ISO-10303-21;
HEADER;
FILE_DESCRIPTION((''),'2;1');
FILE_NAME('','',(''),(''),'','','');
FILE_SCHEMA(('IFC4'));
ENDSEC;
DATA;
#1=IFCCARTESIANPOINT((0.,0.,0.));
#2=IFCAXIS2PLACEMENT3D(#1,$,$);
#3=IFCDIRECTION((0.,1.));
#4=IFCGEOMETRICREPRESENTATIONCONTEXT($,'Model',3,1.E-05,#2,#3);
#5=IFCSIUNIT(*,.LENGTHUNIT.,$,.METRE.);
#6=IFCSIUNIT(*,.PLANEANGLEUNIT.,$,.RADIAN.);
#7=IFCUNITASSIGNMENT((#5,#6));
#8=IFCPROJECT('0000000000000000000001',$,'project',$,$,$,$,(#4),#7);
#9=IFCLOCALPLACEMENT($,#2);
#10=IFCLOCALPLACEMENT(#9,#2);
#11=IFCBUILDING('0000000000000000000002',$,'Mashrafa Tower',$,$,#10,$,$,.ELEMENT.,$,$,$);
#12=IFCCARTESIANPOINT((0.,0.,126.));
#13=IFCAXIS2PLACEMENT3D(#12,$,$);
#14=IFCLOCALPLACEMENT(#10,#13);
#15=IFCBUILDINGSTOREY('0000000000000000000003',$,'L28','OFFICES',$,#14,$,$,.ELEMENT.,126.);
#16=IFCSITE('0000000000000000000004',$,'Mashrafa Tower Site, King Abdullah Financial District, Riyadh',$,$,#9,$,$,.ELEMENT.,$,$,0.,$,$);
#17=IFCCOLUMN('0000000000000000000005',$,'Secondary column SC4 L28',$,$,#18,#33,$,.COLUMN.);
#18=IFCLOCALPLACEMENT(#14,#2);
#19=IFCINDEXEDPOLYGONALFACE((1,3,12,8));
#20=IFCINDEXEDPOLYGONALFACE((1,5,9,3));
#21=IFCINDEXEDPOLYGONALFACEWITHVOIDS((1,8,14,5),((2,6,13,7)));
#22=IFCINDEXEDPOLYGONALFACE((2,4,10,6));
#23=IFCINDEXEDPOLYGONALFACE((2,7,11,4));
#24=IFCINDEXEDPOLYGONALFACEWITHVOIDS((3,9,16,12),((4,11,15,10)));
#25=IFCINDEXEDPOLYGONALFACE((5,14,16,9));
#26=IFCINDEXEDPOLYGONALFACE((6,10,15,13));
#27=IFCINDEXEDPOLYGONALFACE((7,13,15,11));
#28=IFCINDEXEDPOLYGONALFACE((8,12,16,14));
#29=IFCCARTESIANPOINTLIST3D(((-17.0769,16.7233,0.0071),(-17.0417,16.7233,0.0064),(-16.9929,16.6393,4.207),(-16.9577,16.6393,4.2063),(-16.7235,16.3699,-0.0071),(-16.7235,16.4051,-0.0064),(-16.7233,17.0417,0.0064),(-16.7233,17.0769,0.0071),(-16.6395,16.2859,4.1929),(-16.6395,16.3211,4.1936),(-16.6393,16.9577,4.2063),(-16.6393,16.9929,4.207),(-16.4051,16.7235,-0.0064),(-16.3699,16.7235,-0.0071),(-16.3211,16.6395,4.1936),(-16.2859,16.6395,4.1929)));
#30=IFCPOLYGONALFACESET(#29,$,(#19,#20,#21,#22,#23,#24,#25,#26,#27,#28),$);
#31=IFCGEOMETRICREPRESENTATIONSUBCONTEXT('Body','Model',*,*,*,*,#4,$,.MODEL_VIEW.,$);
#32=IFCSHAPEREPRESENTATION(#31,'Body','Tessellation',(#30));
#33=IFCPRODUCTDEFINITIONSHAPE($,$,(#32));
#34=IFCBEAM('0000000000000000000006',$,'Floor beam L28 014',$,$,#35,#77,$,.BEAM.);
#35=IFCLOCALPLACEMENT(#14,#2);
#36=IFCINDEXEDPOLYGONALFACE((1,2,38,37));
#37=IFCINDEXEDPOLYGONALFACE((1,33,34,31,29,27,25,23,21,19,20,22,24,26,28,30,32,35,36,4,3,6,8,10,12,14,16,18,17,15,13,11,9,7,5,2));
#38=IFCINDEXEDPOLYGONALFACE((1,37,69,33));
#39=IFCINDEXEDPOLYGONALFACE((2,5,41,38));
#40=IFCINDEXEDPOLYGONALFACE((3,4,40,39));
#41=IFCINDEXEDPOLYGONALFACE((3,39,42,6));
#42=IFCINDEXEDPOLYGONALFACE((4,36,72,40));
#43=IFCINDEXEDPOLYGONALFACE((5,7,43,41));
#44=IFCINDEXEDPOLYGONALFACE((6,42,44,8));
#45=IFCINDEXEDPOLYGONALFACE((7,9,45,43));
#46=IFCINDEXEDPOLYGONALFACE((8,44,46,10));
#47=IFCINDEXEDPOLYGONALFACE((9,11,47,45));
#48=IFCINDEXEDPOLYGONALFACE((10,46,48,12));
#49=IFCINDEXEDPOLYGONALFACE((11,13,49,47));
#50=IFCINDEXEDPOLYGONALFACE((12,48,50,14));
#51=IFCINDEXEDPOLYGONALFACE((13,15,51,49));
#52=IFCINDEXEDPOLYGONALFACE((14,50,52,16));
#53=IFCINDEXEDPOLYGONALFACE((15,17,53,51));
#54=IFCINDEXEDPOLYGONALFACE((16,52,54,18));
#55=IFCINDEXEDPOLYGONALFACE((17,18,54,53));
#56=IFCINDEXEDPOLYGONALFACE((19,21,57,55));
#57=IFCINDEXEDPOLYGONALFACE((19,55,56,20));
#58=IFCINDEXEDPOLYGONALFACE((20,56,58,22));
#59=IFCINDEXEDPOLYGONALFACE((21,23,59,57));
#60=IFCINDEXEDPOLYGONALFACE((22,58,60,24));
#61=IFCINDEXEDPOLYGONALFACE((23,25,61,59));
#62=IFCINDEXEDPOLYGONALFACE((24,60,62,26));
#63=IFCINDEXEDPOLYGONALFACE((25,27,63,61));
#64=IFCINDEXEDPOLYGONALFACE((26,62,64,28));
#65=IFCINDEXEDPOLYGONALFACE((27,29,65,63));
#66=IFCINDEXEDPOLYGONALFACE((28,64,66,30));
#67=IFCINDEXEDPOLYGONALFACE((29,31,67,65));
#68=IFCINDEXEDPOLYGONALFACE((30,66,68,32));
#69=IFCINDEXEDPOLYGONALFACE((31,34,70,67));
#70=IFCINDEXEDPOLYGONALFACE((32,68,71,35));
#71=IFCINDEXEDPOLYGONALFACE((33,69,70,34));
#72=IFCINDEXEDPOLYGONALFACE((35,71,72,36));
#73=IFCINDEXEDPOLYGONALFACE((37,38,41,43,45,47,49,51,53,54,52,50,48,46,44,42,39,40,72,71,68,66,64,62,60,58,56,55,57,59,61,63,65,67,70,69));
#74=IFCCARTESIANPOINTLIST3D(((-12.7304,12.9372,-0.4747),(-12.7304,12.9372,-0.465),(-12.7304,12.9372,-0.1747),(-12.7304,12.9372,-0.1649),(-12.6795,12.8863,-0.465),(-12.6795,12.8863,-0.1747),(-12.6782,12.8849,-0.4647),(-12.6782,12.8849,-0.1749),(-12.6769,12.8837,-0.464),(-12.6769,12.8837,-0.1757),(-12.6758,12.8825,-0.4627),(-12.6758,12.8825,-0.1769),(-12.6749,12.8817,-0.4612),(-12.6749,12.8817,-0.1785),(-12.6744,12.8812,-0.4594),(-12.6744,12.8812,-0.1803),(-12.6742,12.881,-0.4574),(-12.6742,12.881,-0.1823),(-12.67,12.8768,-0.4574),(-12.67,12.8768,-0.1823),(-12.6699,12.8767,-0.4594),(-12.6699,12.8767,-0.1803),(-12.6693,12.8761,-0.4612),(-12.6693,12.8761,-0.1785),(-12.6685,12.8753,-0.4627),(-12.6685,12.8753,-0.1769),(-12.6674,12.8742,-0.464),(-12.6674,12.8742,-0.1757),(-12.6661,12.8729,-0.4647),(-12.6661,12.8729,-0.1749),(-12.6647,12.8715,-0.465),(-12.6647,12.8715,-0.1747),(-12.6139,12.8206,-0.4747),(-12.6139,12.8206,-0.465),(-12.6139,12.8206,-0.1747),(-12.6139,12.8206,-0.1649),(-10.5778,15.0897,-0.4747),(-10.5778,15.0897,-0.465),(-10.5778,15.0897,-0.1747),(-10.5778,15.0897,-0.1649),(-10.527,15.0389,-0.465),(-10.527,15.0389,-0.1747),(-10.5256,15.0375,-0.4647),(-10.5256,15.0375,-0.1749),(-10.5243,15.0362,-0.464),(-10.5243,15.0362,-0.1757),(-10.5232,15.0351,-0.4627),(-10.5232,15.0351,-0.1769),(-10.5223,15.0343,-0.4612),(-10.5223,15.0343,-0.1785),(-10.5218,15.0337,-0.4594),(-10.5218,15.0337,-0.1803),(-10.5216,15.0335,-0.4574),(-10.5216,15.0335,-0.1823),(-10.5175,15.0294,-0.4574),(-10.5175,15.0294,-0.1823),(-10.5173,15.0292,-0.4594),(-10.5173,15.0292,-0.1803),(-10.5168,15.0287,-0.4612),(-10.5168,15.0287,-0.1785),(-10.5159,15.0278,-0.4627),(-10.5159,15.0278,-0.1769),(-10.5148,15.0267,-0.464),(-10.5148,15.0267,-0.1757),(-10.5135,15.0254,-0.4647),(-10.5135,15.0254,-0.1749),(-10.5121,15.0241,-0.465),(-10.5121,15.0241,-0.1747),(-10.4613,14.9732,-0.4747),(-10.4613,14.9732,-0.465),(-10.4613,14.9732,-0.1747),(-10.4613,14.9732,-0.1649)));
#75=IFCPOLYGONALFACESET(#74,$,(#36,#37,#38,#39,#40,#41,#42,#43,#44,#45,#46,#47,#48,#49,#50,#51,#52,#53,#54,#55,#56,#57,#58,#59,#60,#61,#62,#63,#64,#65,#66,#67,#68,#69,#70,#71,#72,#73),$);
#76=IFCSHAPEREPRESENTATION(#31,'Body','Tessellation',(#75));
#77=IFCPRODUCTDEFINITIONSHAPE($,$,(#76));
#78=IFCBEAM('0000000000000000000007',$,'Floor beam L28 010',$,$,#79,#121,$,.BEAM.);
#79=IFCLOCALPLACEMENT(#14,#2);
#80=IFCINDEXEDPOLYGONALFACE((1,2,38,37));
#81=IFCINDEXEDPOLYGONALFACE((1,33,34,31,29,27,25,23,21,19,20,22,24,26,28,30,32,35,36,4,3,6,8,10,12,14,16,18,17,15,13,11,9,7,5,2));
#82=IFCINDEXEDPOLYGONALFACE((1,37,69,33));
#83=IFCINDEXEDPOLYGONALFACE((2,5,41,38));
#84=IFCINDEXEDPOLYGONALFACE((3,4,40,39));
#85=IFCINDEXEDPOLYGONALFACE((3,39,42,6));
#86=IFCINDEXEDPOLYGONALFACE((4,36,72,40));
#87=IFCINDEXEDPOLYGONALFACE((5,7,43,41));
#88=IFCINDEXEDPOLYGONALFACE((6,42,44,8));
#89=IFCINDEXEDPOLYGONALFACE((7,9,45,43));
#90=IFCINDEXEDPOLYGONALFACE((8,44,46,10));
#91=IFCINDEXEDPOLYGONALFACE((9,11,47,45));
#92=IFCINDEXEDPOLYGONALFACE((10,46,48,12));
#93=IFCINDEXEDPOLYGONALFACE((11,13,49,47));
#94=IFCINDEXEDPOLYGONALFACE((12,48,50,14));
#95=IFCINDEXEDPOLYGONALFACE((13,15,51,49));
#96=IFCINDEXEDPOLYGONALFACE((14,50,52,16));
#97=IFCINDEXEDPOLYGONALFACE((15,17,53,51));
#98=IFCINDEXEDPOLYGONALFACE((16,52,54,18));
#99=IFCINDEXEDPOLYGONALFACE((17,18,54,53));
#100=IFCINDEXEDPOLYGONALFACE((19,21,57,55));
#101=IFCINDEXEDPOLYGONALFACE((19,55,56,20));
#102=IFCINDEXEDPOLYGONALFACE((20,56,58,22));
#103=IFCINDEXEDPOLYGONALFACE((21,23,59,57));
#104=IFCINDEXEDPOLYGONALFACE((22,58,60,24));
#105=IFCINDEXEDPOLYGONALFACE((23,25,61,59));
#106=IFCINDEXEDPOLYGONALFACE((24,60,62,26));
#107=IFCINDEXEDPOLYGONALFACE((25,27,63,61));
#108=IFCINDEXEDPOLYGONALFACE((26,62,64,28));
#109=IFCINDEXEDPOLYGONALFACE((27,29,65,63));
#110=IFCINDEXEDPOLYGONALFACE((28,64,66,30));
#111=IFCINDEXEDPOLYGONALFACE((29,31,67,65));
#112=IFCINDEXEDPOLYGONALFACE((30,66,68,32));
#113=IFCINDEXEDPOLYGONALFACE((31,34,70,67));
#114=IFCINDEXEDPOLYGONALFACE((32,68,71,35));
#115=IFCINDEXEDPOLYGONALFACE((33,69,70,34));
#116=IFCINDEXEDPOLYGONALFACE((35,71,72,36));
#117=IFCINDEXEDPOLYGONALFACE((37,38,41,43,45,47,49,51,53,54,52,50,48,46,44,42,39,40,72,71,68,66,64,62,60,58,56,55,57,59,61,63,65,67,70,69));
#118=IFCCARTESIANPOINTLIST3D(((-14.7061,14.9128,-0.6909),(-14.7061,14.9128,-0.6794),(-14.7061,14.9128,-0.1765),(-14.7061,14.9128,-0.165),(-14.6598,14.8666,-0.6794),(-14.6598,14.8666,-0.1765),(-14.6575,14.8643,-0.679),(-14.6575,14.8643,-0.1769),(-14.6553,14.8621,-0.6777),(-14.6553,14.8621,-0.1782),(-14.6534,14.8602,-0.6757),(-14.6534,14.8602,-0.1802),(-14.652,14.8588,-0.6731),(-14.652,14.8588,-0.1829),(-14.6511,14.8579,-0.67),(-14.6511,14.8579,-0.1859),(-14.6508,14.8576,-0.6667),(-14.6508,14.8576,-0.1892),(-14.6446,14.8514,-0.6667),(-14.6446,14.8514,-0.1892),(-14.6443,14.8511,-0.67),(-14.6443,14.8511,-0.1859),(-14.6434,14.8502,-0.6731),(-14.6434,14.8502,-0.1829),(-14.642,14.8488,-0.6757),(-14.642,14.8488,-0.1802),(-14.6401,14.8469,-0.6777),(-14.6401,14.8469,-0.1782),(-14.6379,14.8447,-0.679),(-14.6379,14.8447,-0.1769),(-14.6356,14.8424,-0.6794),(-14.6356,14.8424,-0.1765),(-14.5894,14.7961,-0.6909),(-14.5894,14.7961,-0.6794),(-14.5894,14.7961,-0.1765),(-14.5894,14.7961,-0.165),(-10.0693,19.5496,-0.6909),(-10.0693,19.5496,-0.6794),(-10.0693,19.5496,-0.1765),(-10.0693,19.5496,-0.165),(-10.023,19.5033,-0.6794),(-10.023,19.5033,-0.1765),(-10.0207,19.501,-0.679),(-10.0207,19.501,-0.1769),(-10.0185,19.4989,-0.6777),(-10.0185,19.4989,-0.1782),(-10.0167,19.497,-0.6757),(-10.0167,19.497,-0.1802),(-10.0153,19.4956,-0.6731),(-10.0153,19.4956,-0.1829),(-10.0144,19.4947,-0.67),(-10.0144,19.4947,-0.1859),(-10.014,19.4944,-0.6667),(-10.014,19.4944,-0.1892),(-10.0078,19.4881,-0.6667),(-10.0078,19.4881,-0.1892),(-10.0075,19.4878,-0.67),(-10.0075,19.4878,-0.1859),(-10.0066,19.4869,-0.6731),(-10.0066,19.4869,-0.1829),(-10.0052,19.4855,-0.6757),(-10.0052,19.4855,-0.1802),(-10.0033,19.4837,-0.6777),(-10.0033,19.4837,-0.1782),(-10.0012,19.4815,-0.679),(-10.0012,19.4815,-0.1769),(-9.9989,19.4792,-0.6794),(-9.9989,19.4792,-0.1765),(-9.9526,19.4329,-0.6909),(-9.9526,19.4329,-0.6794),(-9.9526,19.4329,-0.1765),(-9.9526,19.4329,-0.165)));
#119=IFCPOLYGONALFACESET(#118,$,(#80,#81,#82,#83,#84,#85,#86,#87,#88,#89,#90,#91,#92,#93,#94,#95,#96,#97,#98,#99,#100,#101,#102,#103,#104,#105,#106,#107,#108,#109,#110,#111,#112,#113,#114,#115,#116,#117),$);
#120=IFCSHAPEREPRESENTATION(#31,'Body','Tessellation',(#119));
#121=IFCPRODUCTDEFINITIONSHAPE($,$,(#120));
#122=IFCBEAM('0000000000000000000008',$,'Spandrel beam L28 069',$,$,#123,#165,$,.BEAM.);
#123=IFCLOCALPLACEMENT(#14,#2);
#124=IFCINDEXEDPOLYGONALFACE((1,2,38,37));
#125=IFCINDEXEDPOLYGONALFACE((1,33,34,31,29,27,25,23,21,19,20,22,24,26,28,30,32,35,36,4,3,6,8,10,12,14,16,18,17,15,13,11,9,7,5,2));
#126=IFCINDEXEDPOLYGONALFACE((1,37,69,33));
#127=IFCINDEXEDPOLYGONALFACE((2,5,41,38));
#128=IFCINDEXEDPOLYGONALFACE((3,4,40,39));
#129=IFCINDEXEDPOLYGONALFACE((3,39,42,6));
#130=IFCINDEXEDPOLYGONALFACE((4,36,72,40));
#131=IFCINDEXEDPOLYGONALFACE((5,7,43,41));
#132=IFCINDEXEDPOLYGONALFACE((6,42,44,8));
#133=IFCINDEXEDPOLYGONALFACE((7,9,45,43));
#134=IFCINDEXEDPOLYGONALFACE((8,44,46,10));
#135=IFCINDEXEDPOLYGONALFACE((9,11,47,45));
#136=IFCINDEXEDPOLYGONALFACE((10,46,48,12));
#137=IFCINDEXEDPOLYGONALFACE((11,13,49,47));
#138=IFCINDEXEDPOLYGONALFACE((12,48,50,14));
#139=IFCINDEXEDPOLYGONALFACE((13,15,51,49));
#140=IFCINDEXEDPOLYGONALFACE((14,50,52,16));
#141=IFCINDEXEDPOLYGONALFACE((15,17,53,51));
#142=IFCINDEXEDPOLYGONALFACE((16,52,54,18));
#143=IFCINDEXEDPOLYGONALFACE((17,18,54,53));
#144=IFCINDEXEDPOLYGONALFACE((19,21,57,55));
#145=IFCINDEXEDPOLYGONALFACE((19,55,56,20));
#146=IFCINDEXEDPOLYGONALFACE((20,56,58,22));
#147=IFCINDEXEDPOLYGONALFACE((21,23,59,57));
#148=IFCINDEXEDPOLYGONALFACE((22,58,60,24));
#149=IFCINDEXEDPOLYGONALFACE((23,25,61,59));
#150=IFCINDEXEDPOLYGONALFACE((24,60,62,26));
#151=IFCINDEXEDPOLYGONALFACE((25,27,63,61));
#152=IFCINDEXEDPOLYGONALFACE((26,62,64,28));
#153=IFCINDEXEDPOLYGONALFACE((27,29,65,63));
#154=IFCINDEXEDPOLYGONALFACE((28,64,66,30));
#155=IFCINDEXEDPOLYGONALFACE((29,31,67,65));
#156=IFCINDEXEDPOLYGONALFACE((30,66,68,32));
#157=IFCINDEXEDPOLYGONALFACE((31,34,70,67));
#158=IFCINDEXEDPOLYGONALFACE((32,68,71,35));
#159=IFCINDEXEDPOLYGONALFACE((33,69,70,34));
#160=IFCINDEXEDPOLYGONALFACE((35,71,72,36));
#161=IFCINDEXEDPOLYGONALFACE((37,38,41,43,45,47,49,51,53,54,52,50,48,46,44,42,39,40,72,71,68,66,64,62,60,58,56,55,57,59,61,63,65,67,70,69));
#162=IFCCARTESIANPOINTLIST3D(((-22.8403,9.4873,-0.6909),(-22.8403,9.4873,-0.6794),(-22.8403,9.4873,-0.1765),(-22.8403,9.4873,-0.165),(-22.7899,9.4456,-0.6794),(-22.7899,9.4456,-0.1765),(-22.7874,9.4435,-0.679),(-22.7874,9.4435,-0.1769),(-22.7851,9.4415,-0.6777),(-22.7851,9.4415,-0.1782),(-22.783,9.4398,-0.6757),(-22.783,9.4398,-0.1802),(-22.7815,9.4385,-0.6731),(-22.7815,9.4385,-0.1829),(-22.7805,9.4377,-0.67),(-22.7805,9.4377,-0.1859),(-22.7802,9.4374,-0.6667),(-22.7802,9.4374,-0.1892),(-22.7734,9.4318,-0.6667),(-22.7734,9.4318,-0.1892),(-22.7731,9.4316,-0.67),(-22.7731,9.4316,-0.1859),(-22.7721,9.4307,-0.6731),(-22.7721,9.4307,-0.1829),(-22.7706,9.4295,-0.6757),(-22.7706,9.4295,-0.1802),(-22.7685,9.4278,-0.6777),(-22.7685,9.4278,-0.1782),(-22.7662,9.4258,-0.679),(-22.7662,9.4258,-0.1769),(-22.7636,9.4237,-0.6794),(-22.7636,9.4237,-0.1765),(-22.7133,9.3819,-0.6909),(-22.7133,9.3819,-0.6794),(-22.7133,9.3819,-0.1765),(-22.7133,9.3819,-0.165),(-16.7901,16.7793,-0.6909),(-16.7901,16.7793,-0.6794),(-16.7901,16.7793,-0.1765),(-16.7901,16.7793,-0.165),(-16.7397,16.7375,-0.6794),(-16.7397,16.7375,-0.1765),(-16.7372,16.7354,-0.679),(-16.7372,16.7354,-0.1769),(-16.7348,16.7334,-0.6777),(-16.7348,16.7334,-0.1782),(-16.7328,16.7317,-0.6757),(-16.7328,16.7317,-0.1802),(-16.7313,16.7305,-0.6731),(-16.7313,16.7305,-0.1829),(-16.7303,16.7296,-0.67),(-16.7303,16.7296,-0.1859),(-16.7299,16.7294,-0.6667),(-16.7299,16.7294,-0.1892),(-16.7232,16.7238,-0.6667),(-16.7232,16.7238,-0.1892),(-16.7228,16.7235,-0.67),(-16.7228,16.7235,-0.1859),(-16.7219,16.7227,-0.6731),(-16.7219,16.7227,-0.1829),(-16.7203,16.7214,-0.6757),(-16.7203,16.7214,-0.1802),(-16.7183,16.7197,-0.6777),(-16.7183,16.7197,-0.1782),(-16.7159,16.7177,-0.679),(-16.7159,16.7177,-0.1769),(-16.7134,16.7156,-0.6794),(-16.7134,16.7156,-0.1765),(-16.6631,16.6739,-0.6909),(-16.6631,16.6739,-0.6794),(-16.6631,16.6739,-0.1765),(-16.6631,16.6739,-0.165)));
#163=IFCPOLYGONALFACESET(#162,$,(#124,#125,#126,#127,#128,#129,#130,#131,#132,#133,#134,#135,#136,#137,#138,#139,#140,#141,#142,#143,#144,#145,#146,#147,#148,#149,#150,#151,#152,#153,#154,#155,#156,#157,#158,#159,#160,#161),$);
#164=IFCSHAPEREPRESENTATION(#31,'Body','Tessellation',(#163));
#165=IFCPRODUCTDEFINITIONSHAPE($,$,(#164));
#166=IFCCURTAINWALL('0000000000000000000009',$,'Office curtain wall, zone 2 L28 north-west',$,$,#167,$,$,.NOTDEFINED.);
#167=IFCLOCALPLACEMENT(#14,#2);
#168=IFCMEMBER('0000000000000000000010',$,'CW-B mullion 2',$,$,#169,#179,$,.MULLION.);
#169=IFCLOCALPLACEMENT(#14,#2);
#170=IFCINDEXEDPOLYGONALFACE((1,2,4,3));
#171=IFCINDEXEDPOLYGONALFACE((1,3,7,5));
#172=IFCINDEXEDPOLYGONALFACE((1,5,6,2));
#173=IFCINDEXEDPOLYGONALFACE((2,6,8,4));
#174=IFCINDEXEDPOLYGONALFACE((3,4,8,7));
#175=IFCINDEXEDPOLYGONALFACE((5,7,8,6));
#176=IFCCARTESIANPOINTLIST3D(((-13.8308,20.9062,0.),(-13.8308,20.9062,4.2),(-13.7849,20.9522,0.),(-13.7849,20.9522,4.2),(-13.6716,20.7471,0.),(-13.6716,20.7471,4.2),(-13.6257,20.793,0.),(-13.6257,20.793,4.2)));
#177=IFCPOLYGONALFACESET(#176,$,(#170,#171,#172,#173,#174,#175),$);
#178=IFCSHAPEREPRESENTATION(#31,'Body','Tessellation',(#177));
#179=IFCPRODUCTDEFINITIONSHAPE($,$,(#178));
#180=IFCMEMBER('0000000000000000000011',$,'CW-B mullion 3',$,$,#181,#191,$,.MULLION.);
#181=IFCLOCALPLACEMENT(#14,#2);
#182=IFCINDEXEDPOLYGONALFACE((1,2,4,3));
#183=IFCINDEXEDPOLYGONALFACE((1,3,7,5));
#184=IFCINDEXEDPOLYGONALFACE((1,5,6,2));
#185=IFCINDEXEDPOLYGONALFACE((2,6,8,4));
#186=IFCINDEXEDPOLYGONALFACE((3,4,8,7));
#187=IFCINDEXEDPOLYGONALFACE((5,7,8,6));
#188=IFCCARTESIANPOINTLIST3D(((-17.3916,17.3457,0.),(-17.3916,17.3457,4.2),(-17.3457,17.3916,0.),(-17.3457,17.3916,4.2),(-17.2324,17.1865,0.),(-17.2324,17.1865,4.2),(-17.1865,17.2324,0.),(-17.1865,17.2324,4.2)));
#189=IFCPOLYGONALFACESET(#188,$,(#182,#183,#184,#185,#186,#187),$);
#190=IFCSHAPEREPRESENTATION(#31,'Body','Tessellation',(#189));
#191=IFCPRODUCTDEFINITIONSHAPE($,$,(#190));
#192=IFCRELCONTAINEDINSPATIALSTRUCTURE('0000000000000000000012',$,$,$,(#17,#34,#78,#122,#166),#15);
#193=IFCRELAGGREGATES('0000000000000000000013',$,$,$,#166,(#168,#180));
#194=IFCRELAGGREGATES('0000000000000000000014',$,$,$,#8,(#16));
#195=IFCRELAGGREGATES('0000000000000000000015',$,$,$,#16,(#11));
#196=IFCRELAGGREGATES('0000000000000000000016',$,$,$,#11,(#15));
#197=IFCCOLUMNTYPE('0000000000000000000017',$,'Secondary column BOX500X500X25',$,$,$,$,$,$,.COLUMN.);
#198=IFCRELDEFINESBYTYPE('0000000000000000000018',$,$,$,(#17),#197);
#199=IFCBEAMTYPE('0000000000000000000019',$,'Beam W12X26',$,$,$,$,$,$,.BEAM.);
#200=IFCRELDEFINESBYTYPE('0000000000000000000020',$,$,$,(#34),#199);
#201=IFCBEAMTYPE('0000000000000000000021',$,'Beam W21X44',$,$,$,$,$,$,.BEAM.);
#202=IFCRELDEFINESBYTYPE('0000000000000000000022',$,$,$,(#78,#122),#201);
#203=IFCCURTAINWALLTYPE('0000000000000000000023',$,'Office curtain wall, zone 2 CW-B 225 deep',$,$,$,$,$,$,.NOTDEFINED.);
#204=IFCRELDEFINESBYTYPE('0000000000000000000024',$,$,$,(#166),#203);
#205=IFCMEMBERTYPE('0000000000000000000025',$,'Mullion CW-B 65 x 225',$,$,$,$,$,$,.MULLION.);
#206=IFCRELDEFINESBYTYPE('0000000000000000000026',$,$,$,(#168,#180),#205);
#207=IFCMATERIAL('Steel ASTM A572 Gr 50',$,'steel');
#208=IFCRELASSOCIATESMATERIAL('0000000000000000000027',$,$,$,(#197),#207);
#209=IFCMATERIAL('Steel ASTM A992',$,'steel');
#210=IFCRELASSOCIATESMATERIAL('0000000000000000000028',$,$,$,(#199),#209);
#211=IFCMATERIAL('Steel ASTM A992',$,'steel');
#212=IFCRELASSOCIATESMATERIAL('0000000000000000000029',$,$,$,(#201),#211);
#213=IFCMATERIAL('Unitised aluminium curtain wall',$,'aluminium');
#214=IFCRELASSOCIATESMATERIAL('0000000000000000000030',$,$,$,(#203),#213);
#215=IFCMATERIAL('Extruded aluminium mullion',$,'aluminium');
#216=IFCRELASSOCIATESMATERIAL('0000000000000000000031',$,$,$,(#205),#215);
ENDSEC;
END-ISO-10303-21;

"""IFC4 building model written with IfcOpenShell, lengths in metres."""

from ifc_helpers import new_model, si_unit, direction, frame, origin, origin_2d, place, context, subcontext, project, spatial, rectangle, hollow_rectangle, i_section, extrude, source, transform, mapped, material, material_profile, profile_set, type_object, type_shapes, element, aggregate, save


model = new_model("IFC4")

# Units and contexts
model_context = context("Model", 3, precision=1e-05, world=origin(), true_north=direction((0.0, 1.0)))
body_context = subcontext(model_context, "Body", "Model", "MODEL_VIEW")
ifc_project = project(units=[si_unit("LENGTHUNIT", "METRE"), si_unit("PLANEANGLEUNIT", "RADIAN")], contexts=[model_context])

# Site, building, storey
site_placement = place(None, origin())
site = spatial("IfcSite", under=ifc_project, at=site_placement, Name="Mashrafa Tower Site, King Abdullah Financial District, Riyadh", CompositionType="ELEMENT", RefElevation=0.0)
building_placement = place(site_placement, origin())
building = spatial("IfcBuilding", under=site, at=building_placement, Name="Mashrafa Tower", CompositionType="ELEMENT")
storey_placement = place(building_placement, frame((0.0, 0.0, 126.0)))
storey = spatial("IfcBuildingStorey", under=building, at=storey_placement, Name="L28", Description="OFFICES", CompositionType="ELEMENT", Elevation=126.0)

# Column
ifc_material_1 = material(Name="Steel ASTM A572 Gr 50", Category="steel")
ifc_material_profile_1 = material_profile(ifc_material_1, hollow_rectangle(XDim=0.5, YDim=0.5, WallThickness=0.0249, at=origin_2d()), Name="BOX500X500X25")
ifc_profile_set_1 = profile_set([ifc_material_profile_1], Name="Steel ASTM A572 Gr 50")
column_type = type_object("IfcColumnType", Name="Secondary column BOX500X500X25", PredefinedType="COLUMN", material=ifc_profile_set_1)
column_placement = place(storey_placement, frame((-16.7234, 16.7234, 0.0), z_axis=(0.019989, -0.019989, 0.9996), x_axis=(0.707107, 0.707107, 0.0)))
element("IfcColumn", 1, at=column_placement, inside=storey, type_object=column_type, Name="Secondary column SC4 L28", PredefinedType="COLUMN", context=body_context, shape_type="SweptSolid", body=[
    extrude(hollow_rectangle(XDim=0.5, YDim=0.5, WallThickness=0.0249, at=origin_2d()), origin(), (0.0, 0.0, 1.0), 4.2017),
])

# Beams
ifc_material_2 = material(Name="Steel ASTM A992", Category="steel")
ifc_material_profile_2 = material_profile(ifc_material_2, i_section(OverallWidth=0.1648, OverallDepth=0.3098, WebThickness=0.0059, FlangeThickness=0.0098, FilletRadius=0.0076, at=origin_2d()), Name="W12X26")
ifc_profile_set_2 = profile_set([ifc_material_profile_2], Name="Steel ASTM A992")
beam_type_1 = type_object("IfcBeamType", Name="Beam W12X26", PredefinedType="BEAM", material=ifc_profile_set_2)
beam_1_placement = place(storey_placement, frame((-12.6721, 12.8789, -0.3198), z_axis=(0.707107, 0.707107, 0.0), x_axis=(-0.707107, 0.707107, 0.0)))
element("IfcBeam", 2, at=beam_1_placement, inside=storey, type_object=beam_type_1, Name="Floor beam L28 014", PredefinedType="BEAM", context=body_context, shape_type="SweptSolid", body=[
    extrude(i_section(OverallWidth=0.1648, OverallDepth=0.3098, WebThickness=0.0059, FlangeThickness=0.0098, FilletRadius=0.0076, at=origin_2d()), origin(), (0.0, 0.0, 1.0), 3.0442),
])
ifc_material_3 = material(Name="Steel ASTM A992", Category="steel")
ifc_material_profile_3 = material_profile(ifc_material_3, i_section(OverallWidth=0.165, OverallDepth=0.5259, WebThickness=0.0088, FlangeThickness=0.0115, FilletRadius=0.0127, at=origin_2d()), Name="W21X44")
ifc_profile_set_3 = profile_set([ifc_material_profile_3], Name="Steel ASTM A992")
beam_type_2 = type_object("IfcBeamType", Name="Beam W21X44", PredefinedType="BEAM", material=ifc_profile_set_3)
beam_2_placement = place(storey_placement, frame((-14.6477, 14.8545, -0.428), z_axis=(0.707107, 0.707107, 0.0), x_axis=(-0.707107, 0.707107, 0.0)))
element("IfcBeam", 3, at=beam_2_placement, inside=storey, type_object=beam_type_2, Name="Floor beam L28 010", PredefinedType="BEAM", context=body_context, shape_type="SweptSolid", body=[
    extrude(i_section(OverallWidth=0.165, OverallDepth=0.5259, WebThickness=0.0088, FlangeThickness=0.0115, FilletRadius=0.0127, at=origin_2d()), origin(), (0.0, 0.0, 1.0), 6.5574),
])
beam_3_placement = place(storey_placement, frame((-16.7266, 16.7266, -0.428), z_axis=(-0.638541, -0.769588, 0.0), x_axis=(0.769588, -0.638541, 0.0)))
element("IfcBeam", 4, at=beam_3_placement, inside=storey, type_object=beam_type_2, Name="Spandrel beam L28 069", PredefinedType="BEAM", context=body_context, shape_type="SweptSolid", body=[
    extrude(i_section(OverallWidth=0.165, OverallDepth=0.5259, WebThickness=0.0088, FlangeThickness=0.0115, FilletRadius=0.0127, at=origin_2d()), origin(), (0.0, 0.0, 1.0), 9.4751),
])

# Curtain wall, members
ifc_material_4 = material(Name="Unitised aluminium curtain wall", Category="aluminium")
curtain_wall_type = type_object("IfcCurtainWallType", Name="Office curtain wall, zone 2 CW-B 225 deep", PredefinedType="NOTDEFINED", material=ifc_material_4)
curtain_wall_placement = place(storey_placement, origin())
curtain_wall = element("IfcCurtainWall", 5, at=curtain_wall_placement, inside=storey, type_object=curtain_wall_type, Name="Office curtain wall, zone 2 L28 north-west", PredefinedType="NOTDEFINED")
ifc_material_5 = material(Name="Extruded aluminium mullion", Category="aluminium")
ifc_material_profile_4 = material_profile(ifc_material_5, rectangle(XDim=0.2251, YDim=0.0649, at=origin_2d()), Name="Mullion 65x225")
ifc_profile_set_4 = profile_set([ifc_material_profile_4], Name="Extruded aluminium mullion")
member_type_1 = type_object("IfcMemberType", Name="Mullion CW-B 65 x 225", PredefinedType="MULLION", material=ifc_profile_set_4)
shared_shape_1 = source(origin(), body_context, "Body", "SweptSolid", [
    extrude(rectangle(XDim=0.2251, YDim=0.0649, at=origin_2d()), origin(), (0.0, 0.0, 1.0), 4.2),
])
type_shapes(member_type_1, [shared_shape_1])
member_1_placement = place(storey_placement, frame((-13.7283, 20.8496, 0.0), z_axis=(0.0, 0.0, 1.0), x_axis=(0.707107, -0.707107, 0.0)))
member_1 = element("IfcMember", 6, at=member_1_placement, type_object=member_type_1, Name="CW-B mullion 2", PredefinedType="MULLION", context=body_context, shape_type="MappedRepresentation", body=[
    mapped(shared_shape_1, transform((0.0, 0.0, 0.0))),
])
member_2_placement = place(storey_placement, frame((-17.2891, 17.2891, 0.0), z_axis=(0.0, 0.0, 1.0), x_axis=(0.707107, -0.707107, 0.0)))
member_2 = element("IfcMember", 7, at=member_2_placement, type_object=member_type_1, Name="CW-B mullion 3", PredefinedType="MULLION", context=body_context, shape_type="MappedRepresentation", body=[
    mapped(shared_shape_1, transform((0.0, 0.0, 0.0))),
])
aggregate(curtain_wall, [member_1, member_2])

save(model, "model.ifc")
